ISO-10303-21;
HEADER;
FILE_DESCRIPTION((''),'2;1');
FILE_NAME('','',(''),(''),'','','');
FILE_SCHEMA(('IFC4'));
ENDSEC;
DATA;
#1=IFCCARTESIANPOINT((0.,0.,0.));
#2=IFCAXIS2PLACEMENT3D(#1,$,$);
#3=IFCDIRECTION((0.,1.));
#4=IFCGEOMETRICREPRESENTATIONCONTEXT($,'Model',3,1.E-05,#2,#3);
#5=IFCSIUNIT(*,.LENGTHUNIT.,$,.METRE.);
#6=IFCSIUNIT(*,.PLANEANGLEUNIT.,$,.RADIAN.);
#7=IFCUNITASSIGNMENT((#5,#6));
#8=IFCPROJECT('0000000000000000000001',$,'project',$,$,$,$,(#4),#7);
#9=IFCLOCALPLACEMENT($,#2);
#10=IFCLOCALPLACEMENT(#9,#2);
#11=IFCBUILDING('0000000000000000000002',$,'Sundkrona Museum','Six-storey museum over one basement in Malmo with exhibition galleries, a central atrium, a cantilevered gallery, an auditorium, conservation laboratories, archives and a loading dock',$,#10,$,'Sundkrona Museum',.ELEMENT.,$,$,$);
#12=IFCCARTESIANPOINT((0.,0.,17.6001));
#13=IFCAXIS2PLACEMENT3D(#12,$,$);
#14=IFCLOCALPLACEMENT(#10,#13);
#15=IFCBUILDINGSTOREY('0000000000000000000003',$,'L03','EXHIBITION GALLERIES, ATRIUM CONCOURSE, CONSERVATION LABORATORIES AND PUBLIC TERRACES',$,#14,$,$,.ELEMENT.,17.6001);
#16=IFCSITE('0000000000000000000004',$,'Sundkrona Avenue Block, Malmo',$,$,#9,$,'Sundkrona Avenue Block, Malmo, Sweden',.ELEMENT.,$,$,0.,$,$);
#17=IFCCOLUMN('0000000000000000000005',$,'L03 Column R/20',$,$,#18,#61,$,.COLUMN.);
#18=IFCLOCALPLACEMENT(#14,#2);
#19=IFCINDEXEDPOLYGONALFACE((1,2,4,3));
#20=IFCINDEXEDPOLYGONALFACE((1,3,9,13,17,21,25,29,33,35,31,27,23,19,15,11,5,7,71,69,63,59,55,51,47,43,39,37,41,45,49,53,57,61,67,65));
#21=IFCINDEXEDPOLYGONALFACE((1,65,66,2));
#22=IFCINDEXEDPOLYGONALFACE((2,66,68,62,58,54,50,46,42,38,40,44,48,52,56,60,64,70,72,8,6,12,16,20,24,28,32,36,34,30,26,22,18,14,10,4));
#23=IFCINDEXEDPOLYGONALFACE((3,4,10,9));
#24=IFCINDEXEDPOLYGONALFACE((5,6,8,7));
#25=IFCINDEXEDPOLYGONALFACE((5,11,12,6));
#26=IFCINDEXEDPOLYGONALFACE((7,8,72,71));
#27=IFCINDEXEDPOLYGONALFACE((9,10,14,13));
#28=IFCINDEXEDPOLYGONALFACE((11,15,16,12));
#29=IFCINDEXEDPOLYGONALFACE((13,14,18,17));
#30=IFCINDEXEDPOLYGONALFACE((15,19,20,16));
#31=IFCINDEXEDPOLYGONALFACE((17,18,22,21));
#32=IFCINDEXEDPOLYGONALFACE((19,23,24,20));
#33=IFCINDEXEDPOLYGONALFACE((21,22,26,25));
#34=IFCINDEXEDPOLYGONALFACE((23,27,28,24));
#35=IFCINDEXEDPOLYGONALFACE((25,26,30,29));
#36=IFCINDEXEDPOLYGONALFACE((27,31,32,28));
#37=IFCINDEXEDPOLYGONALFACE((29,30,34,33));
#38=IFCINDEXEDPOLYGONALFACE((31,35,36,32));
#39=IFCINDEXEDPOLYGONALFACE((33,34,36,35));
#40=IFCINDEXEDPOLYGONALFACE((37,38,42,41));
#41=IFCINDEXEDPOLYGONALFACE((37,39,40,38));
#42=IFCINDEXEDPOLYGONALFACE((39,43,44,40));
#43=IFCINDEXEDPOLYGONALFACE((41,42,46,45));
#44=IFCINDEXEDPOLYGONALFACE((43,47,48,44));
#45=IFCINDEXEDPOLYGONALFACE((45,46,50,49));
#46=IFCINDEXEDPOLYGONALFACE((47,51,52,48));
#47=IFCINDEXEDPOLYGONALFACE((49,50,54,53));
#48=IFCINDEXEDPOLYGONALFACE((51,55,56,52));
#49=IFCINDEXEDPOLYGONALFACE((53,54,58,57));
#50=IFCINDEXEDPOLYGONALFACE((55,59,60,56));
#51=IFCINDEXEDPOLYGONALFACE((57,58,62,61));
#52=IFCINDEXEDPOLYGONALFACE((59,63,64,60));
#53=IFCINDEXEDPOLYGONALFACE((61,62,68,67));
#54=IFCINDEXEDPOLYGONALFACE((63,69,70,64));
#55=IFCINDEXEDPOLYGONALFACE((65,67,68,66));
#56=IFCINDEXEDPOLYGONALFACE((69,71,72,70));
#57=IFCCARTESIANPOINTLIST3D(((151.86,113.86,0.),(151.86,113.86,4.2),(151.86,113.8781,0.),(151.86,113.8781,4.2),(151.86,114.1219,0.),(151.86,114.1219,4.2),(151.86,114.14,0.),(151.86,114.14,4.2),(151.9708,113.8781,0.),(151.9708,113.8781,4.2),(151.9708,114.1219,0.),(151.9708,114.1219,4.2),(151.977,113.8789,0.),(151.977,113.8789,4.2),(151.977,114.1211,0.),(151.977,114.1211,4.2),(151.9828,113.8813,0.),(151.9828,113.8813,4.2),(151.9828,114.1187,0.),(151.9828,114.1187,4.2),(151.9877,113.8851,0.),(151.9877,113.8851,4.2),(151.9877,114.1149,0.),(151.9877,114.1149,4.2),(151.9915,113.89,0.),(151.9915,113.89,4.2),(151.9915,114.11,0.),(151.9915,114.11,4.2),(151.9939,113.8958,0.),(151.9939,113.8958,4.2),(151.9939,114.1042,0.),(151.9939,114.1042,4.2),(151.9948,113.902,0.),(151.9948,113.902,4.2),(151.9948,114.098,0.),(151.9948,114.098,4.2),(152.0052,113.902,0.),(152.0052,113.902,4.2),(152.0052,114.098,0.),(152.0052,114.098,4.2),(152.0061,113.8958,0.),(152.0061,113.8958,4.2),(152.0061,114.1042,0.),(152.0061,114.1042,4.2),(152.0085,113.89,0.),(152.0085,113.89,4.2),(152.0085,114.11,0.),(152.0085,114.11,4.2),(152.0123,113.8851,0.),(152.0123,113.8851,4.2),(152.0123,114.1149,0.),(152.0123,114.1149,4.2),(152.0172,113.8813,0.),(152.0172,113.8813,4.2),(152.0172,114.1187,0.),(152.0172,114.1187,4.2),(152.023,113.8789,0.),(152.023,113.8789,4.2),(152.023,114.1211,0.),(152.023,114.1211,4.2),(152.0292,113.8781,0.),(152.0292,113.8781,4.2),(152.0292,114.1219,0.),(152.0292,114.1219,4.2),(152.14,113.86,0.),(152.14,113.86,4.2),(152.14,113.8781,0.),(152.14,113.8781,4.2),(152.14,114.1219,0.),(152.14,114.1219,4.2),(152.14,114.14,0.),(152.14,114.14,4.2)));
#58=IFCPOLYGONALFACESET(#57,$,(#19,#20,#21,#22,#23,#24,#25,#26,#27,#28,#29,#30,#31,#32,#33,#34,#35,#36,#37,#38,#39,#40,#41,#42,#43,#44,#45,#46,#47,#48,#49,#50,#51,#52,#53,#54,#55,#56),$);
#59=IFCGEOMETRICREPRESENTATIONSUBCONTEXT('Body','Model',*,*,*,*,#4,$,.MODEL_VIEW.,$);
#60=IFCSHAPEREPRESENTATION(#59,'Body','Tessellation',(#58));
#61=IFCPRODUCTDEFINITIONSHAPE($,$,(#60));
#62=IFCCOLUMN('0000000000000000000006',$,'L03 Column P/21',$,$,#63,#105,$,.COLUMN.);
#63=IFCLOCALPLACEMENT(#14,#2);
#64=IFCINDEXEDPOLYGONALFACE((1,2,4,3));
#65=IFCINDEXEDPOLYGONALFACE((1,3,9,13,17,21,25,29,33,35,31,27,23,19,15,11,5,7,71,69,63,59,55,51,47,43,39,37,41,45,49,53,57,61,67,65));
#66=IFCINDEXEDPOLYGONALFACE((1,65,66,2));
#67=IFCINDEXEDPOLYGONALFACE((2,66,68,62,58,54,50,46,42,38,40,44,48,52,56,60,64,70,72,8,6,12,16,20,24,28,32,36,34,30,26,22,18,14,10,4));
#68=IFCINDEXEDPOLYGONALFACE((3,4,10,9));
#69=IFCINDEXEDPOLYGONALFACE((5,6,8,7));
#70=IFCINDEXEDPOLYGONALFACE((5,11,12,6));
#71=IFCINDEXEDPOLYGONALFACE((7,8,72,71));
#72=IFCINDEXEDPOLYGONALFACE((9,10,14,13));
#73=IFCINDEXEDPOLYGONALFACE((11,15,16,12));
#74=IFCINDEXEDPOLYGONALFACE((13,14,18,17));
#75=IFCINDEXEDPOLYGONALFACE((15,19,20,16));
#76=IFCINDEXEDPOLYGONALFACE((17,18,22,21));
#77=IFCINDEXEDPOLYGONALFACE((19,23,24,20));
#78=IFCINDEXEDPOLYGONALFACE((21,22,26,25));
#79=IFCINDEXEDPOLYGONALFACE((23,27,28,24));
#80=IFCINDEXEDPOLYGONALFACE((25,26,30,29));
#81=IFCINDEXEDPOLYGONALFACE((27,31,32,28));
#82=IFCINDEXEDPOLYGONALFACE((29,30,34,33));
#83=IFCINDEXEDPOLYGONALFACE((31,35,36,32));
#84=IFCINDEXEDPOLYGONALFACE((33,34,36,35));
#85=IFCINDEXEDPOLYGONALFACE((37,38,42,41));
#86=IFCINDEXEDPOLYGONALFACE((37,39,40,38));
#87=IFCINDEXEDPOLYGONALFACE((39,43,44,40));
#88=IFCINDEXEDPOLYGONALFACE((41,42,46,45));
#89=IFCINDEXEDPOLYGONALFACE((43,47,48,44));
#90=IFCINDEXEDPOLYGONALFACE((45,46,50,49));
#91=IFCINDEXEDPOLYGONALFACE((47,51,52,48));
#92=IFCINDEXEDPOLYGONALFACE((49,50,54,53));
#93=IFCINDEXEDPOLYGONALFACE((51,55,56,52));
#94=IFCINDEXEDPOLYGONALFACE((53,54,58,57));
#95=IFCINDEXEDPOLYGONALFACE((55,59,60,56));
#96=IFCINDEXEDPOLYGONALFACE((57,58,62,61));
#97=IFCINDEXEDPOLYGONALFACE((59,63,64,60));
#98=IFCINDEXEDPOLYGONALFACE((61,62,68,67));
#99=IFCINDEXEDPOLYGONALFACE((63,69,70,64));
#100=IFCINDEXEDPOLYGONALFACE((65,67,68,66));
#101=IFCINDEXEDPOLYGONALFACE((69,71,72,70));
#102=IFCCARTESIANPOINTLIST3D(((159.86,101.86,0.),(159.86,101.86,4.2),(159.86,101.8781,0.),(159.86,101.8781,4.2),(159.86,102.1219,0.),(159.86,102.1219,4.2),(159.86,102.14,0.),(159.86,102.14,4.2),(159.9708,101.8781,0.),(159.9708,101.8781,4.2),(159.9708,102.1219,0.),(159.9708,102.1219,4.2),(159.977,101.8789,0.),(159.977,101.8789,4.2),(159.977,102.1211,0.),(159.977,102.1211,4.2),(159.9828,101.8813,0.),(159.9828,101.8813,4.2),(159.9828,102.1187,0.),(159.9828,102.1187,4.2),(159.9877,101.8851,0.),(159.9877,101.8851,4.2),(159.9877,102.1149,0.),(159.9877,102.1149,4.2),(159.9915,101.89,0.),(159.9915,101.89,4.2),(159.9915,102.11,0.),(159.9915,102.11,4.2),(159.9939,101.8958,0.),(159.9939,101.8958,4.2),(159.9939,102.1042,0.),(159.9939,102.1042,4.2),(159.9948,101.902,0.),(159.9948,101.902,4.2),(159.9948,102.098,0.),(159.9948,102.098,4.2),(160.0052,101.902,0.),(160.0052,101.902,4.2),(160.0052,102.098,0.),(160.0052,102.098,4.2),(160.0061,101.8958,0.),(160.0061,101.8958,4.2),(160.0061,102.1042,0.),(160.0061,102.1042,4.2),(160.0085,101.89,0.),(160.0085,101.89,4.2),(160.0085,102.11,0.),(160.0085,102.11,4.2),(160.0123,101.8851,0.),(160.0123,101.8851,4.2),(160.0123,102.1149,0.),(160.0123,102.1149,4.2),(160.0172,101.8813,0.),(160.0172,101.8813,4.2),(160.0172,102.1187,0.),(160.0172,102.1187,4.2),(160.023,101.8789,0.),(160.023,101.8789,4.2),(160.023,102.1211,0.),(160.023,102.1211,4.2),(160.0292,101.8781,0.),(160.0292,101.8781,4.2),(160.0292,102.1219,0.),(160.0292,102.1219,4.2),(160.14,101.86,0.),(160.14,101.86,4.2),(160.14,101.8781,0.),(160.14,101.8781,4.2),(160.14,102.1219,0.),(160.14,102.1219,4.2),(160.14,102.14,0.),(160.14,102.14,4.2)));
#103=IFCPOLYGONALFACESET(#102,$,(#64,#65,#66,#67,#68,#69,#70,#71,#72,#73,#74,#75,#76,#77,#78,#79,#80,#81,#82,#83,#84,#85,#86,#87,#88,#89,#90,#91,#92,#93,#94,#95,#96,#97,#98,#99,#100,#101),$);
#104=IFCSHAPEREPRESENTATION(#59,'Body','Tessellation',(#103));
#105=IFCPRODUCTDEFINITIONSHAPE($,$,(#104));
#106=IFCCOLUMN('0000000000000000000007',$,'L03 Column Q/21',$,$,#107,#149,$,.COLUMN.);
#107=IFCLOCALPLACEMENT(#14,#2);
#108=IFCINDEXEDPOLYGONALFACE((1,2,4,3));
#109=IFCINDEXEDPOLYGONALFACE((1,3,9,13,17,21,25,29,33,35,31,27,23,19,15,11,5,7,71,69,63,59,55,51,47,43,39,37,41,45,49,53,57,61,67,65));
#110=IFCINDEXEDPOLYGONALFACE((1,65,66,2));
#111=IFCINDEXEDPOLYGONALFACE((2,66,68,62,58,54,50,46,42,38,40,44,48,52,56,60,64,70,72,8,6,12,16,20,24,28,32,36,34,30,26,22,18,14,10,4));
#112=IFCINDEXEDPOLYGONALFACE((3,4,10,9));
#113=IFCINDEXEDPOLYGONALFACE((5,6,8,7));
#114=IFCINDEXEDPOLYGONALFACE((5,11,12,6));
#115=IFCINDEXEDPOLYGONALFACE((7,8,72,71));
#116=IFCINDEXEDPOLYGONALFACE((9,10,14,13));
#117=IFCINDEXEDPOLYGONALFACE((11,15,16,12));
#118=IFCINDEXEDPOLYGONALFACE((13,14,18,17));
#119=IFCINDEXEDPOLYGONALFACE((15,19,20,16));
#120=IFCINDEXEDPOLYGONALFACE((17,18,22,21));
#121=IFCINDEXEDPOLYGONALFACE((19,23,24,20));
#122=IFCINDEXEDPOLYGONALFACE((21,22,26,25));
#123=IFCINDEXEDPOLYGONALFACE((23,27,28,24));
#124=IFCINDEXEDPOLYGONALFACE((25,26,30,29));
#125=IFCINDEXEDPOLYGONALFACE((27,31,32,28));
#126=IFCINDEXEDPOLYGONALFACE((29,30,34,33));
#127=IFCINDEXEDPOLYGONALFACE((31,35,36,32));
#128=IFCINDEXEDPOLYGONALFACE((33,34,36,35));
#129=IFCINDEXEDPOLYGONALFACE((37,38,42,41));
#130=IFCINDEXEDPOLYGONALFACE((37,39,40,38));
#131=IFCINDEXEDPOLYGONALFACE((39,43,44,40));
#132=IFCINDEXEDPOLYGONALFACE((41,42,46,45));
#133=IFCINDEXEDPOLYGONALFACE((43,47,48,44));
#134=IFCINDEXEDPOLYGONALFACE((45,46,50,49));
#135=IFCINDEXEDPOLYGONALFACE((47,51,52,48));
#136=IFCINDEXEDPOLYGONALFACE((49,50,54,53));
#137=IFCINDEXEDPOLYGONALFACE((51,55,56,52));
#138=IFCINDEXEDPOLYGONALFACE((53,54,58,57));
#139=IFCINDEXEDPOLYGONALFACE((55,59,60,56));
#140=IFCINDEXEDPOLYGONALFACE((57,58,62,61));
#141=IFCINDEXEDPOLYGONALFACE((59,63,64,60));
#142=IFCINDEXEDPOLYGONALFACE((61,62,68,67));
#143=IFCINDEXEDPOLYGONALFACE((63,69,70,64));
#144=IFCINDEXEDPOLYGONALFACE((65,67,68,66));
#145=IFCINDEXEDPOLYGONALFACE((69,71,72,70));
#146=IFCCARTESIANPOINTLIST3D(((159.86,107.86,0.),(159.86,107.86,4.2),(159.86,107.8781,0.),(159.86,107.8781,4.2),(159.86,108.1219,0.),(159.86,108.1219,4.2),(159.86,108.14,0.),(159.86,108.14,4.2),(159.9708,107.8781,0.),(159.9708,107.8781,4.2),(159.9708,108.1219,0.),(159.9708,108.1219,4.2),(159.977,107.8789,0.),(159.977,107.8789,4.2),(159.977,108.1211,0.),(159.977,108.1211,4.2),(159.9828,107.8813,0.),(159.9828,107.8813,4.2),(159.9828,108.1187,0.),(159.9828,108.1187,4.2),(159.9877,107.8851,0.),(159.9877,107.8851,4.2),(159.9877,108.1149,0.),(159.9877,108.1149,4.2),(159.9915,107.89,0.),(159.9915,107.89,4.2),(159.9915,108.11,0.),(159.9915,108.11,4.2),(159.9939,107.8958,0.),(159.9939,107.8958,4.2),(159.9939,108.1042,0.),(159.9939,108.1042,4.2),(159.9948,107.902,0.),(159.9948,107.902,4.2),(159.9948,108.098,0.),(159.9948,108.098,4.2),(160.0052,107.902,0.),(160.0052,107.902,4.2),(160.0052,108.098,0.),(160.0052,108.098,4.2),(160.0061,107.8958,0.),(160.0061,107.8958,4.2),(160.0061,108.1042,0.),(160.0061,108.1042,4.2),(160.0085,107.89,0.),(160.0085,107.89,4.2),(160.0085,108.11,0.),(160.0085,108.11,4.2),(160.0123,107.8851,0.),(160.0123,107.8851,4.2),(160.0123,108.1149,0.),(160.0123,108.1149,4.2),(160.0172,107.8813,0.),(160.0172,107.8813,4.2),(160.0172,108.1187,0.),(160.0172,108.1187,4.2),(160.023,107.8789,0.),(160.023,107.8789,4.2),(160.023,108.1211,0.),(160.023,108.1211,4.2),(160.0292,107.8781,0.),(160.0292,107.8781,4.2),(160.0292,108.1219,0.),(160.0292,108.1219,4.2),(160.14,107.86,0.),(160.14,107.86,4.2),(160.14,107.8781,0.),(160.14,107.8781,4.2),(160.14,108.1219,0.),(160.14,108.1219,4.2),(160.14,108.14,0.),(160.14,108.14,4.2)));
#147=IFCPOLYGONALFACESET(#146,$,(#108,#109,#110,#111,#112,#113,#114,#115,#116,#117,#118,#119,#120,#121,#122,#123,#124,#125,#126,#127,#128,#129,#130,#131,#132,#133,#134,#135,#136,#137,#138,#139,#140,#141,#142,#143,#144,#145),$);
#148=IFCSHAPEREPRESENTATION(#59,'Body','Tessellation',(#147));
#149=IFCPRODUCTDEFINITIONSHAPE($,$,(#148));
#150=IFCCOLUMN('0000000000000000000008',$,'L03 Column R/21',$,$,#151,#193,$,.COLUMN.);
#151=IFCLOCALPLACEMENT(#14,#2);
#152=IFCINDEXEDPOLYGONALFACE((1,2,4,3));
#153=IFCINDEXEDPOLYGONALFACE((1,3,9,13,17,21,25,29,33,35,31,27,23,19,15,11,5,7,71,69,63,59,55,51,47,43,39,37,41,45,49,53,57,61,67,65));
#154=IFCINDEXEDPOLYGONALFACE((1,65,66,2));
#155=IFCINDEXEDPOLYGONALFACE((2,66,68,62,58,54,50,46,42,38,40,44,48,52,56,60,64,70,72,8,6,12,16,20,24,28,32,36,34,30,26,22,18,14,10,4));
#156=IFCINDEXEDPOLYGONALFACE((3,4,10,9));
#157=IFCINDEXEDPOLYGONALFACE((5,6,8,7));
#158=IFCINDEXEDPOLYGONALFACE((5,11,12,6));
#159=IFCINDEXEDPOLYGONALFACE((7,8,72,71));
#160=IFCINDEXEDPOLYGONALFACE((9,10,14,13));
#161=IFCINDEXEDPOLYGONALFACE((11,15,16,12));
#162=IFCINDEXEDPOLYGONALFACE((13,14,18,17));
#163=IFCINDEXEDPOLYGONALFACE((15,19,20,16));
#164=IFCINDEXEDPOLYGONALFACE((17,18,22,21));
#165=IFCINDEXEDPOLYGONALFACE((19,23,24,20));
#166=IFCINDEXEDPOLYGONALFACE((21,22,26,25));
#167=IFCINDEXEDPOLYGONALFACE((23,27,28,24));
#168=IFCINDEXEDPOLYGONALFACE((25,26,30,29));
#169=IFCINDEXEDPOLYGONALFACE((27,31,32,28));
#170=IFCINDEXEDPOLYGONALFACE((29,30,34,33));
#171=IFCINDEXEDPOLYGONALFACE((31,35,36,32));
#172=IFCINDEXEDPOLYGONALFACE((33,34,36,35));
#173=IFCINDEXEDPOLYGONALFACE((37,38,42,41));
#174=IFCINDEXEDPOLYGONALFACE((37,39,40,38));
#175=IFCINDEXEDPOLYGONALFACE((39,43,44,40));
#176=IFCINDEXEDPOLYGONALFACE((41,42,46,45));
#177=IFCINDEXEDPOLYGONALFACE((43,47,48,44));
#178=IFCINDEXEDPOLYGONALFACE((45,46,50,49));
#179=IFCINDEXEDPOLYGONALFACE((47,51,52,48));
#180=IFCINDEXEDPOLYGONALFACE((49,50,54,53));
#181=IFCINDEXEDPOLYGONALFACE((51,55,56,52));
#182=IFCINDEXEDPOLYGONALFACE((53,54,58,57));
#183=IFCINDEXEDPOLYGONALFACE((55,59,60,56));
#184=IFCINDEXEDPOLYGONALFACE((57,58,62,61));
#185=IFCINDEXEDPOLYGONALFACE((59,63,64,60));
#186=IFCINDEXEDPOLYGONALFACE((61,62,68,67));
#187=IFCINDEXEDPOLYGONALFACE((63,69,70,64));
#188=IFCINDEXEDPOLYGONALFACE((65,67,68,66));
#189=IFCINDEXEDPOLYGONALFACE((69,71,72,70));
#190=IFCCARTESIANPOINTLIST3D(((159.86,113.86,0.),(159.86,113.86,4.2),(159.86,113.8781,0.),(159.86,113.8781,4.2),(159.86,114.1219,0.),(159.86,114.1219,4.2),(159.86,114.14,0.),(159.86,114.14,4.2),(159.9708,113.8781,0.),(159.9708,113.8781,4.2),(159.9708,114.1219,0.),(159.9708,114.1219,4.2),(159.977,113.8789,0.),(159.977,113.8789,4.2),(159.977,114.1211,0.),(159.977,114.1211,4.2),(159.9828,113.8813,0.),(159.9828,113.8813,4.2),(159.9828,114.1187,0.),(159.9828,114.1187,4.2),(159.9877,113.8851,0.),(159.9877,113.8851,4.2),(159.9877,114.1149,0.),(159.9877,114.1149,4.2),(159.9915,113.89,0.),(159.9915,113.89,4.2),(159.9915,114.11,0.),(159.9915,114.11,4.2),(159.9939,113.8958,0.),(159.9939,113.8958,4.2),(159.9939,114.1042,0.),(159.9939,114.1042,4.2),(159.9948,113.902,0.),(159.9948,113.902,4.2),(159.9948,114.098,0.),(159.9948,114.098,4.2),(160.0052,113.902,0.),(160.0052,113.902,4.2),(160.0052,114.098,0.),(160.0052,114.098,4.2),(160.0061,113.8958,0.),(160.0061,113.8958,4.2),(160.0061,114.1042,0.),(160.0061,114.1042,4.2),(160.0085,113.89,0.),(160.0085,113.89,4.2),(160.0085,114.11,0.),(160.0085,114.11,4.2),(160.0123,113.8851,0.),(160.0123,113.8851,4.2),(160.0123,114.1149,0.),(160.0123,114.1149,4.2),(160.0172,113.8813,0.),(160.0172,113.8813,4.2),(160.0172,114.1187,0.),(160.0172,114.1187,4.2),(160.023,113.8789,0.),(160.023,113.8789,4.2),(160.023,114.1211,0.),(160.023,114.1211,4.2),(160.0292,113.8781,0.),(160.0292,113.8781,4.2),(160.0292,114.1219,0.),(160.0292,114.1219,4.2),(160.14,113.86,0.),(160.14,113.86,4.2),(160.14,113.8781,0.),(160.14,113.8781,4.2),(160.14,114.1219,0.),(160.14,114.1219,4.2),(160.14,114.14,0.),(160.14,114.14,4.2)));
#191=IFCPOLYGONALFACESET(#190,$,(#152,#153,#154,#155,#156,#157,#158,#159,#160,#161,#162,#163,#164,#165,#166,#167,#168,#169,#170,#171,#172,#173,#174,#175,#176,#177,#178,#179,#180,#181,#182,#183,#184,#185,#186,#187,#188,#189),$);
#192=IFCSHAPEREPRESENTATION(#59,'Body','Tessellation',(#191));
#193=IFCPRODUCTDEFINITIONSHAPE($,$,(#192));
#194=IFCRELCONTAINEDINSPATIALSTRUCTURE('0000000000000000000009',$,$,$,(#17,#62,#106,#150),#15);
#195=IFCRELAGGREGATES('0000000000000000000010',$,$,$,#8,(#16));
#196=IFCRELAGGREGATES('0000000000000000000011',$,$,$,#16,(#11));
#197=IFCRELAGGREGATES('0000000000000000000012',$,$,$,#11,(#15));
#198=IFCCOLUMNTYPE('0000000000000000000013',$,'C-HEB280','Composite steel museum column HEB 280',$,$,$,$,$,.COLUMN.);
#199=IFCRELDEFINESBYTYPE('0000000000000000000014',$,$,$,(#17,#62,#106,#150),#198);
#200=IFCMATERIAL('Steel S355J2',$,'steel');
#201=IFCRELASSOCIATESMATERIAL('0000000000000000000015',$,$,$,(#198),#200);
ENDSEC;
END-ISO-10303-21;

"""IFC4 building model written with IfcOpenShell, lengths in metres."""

from ifc_helpers import new_model, si_unit, direction, frame, origin, origin_2d, place, context, subcontext, project, spatial, i_section, extrude, material, material_profile, profile_set, type_object, element, save


model = new_model("IFC4")

# Units and contexts
model_context = context("Model", 3, precision=1e-05, world=origin(), true_north=direction((0.0, 1.0)))
body_context = subcontext(model_context, "Body", "Model", "MODEL_VIEW")
ifc_project = project(units=[si_unit("LENGTHUNIT", "METRE"), si_unit("PLANEANGLEUNIT", "RADIAN")], contexts=[model_context])

# Site, building, storey
site_placement = place(None, origin())
site = spatial("IfcSite", under=ifc_project, at=site_placement, Name="Sundkrona Avenue Block, Malmo", LongName="Sundkrona Avenue Block, Malmo, Sweden", CompositionType="ELEMENT", RefElevation=0.0)
building_placement = place(site_placement, origin())
building = spatial("IfcBuilding", under=site, at=building_placement, Name="Sundkrona Museum", Description="Six-storey museum over one basement in Malmo with exhibition galleries, a central atrium, a cantilevered gallery, an auditorium, conservation laboratories, archives and a loading dock", LongName="Sundkrona Museum", CompositionType="ELEMENT")
storey_placement = place(building_placement, frame((0.0, 0.0, 17.6001)))
storey = spatial("IfcBuildingStorey", under=building, at=storey_placement, Name="L03", Description="EXHIBITION GALLERIES, ATRIUM CONCOURSE, CONSERVATION LABORATORIES AND PUBLIC TERRACES", CompositionType="ELEMENT", Elevation=17.6001)

# Columns
ifc_material_1 = material(Name="Steel S355J2", Category="steel")
ifc_material_profile_1 = material_profile(ifc_material_1, i_section(OverallWidth=0.28, OverallDepth=0.28, WebThickness=0.0105, FlangeThickness=0.0181, FilletRadius=0.0239, at=origin_2d()), Name="HEB 280")
ifc_profile_set_1 = profile_set([ifc_material_profile_1], Name="Steel S355J2")
column_type = type_object("IfcColumnType", Name="C-HEB280", Description="Composite steel museum column HEB 280", PredefinedType="COLUMN", material=ifc_profile_set_1)
for number, where, z_axis, x_axis, name in (
    (1, (152.0, 114.0, 0.0), (0.0, 0.0, 1.0), (1.0, 0.0, 0.0), "L03 Column R/20"),
    (2, (160.0, 102.0, 0.0), (0.0, 0.0, 1.0), (1.0, 0.0, 0.0), "L03 Column P/21"),
    (3, (160.0, 108.0, 0.0), (0.0, 0.0, 1.0), (1.0, 0.0, 0.0), "L03 Column Q/21"),
    (4, (160.0, 114.0, 0.0), (0.0, 0.0, 1.0), (1.0, 0.0, 0.0), "L03 Column R/21"),
):
    element("IfcColumn", number, at=place(storey_placement, frame(where, z_axis=z_axis, x_axis=x_axis)), inside=storey, type_object=column_type, Name=name, PredefinedType="COLUMN", context=body_context, shape_type="SweptSolid", body=[
        extrude(i_section(OverallWidth=0.28, OverallDepth=0.28, WebThickness=0.0105, FlangeThickness=0.0181, FilletRadius=0.0239, at=origin_2d()), origin(), (0.0, 0.0, 1.0), 4.2),
    ])

save(model, "model.ifc")
